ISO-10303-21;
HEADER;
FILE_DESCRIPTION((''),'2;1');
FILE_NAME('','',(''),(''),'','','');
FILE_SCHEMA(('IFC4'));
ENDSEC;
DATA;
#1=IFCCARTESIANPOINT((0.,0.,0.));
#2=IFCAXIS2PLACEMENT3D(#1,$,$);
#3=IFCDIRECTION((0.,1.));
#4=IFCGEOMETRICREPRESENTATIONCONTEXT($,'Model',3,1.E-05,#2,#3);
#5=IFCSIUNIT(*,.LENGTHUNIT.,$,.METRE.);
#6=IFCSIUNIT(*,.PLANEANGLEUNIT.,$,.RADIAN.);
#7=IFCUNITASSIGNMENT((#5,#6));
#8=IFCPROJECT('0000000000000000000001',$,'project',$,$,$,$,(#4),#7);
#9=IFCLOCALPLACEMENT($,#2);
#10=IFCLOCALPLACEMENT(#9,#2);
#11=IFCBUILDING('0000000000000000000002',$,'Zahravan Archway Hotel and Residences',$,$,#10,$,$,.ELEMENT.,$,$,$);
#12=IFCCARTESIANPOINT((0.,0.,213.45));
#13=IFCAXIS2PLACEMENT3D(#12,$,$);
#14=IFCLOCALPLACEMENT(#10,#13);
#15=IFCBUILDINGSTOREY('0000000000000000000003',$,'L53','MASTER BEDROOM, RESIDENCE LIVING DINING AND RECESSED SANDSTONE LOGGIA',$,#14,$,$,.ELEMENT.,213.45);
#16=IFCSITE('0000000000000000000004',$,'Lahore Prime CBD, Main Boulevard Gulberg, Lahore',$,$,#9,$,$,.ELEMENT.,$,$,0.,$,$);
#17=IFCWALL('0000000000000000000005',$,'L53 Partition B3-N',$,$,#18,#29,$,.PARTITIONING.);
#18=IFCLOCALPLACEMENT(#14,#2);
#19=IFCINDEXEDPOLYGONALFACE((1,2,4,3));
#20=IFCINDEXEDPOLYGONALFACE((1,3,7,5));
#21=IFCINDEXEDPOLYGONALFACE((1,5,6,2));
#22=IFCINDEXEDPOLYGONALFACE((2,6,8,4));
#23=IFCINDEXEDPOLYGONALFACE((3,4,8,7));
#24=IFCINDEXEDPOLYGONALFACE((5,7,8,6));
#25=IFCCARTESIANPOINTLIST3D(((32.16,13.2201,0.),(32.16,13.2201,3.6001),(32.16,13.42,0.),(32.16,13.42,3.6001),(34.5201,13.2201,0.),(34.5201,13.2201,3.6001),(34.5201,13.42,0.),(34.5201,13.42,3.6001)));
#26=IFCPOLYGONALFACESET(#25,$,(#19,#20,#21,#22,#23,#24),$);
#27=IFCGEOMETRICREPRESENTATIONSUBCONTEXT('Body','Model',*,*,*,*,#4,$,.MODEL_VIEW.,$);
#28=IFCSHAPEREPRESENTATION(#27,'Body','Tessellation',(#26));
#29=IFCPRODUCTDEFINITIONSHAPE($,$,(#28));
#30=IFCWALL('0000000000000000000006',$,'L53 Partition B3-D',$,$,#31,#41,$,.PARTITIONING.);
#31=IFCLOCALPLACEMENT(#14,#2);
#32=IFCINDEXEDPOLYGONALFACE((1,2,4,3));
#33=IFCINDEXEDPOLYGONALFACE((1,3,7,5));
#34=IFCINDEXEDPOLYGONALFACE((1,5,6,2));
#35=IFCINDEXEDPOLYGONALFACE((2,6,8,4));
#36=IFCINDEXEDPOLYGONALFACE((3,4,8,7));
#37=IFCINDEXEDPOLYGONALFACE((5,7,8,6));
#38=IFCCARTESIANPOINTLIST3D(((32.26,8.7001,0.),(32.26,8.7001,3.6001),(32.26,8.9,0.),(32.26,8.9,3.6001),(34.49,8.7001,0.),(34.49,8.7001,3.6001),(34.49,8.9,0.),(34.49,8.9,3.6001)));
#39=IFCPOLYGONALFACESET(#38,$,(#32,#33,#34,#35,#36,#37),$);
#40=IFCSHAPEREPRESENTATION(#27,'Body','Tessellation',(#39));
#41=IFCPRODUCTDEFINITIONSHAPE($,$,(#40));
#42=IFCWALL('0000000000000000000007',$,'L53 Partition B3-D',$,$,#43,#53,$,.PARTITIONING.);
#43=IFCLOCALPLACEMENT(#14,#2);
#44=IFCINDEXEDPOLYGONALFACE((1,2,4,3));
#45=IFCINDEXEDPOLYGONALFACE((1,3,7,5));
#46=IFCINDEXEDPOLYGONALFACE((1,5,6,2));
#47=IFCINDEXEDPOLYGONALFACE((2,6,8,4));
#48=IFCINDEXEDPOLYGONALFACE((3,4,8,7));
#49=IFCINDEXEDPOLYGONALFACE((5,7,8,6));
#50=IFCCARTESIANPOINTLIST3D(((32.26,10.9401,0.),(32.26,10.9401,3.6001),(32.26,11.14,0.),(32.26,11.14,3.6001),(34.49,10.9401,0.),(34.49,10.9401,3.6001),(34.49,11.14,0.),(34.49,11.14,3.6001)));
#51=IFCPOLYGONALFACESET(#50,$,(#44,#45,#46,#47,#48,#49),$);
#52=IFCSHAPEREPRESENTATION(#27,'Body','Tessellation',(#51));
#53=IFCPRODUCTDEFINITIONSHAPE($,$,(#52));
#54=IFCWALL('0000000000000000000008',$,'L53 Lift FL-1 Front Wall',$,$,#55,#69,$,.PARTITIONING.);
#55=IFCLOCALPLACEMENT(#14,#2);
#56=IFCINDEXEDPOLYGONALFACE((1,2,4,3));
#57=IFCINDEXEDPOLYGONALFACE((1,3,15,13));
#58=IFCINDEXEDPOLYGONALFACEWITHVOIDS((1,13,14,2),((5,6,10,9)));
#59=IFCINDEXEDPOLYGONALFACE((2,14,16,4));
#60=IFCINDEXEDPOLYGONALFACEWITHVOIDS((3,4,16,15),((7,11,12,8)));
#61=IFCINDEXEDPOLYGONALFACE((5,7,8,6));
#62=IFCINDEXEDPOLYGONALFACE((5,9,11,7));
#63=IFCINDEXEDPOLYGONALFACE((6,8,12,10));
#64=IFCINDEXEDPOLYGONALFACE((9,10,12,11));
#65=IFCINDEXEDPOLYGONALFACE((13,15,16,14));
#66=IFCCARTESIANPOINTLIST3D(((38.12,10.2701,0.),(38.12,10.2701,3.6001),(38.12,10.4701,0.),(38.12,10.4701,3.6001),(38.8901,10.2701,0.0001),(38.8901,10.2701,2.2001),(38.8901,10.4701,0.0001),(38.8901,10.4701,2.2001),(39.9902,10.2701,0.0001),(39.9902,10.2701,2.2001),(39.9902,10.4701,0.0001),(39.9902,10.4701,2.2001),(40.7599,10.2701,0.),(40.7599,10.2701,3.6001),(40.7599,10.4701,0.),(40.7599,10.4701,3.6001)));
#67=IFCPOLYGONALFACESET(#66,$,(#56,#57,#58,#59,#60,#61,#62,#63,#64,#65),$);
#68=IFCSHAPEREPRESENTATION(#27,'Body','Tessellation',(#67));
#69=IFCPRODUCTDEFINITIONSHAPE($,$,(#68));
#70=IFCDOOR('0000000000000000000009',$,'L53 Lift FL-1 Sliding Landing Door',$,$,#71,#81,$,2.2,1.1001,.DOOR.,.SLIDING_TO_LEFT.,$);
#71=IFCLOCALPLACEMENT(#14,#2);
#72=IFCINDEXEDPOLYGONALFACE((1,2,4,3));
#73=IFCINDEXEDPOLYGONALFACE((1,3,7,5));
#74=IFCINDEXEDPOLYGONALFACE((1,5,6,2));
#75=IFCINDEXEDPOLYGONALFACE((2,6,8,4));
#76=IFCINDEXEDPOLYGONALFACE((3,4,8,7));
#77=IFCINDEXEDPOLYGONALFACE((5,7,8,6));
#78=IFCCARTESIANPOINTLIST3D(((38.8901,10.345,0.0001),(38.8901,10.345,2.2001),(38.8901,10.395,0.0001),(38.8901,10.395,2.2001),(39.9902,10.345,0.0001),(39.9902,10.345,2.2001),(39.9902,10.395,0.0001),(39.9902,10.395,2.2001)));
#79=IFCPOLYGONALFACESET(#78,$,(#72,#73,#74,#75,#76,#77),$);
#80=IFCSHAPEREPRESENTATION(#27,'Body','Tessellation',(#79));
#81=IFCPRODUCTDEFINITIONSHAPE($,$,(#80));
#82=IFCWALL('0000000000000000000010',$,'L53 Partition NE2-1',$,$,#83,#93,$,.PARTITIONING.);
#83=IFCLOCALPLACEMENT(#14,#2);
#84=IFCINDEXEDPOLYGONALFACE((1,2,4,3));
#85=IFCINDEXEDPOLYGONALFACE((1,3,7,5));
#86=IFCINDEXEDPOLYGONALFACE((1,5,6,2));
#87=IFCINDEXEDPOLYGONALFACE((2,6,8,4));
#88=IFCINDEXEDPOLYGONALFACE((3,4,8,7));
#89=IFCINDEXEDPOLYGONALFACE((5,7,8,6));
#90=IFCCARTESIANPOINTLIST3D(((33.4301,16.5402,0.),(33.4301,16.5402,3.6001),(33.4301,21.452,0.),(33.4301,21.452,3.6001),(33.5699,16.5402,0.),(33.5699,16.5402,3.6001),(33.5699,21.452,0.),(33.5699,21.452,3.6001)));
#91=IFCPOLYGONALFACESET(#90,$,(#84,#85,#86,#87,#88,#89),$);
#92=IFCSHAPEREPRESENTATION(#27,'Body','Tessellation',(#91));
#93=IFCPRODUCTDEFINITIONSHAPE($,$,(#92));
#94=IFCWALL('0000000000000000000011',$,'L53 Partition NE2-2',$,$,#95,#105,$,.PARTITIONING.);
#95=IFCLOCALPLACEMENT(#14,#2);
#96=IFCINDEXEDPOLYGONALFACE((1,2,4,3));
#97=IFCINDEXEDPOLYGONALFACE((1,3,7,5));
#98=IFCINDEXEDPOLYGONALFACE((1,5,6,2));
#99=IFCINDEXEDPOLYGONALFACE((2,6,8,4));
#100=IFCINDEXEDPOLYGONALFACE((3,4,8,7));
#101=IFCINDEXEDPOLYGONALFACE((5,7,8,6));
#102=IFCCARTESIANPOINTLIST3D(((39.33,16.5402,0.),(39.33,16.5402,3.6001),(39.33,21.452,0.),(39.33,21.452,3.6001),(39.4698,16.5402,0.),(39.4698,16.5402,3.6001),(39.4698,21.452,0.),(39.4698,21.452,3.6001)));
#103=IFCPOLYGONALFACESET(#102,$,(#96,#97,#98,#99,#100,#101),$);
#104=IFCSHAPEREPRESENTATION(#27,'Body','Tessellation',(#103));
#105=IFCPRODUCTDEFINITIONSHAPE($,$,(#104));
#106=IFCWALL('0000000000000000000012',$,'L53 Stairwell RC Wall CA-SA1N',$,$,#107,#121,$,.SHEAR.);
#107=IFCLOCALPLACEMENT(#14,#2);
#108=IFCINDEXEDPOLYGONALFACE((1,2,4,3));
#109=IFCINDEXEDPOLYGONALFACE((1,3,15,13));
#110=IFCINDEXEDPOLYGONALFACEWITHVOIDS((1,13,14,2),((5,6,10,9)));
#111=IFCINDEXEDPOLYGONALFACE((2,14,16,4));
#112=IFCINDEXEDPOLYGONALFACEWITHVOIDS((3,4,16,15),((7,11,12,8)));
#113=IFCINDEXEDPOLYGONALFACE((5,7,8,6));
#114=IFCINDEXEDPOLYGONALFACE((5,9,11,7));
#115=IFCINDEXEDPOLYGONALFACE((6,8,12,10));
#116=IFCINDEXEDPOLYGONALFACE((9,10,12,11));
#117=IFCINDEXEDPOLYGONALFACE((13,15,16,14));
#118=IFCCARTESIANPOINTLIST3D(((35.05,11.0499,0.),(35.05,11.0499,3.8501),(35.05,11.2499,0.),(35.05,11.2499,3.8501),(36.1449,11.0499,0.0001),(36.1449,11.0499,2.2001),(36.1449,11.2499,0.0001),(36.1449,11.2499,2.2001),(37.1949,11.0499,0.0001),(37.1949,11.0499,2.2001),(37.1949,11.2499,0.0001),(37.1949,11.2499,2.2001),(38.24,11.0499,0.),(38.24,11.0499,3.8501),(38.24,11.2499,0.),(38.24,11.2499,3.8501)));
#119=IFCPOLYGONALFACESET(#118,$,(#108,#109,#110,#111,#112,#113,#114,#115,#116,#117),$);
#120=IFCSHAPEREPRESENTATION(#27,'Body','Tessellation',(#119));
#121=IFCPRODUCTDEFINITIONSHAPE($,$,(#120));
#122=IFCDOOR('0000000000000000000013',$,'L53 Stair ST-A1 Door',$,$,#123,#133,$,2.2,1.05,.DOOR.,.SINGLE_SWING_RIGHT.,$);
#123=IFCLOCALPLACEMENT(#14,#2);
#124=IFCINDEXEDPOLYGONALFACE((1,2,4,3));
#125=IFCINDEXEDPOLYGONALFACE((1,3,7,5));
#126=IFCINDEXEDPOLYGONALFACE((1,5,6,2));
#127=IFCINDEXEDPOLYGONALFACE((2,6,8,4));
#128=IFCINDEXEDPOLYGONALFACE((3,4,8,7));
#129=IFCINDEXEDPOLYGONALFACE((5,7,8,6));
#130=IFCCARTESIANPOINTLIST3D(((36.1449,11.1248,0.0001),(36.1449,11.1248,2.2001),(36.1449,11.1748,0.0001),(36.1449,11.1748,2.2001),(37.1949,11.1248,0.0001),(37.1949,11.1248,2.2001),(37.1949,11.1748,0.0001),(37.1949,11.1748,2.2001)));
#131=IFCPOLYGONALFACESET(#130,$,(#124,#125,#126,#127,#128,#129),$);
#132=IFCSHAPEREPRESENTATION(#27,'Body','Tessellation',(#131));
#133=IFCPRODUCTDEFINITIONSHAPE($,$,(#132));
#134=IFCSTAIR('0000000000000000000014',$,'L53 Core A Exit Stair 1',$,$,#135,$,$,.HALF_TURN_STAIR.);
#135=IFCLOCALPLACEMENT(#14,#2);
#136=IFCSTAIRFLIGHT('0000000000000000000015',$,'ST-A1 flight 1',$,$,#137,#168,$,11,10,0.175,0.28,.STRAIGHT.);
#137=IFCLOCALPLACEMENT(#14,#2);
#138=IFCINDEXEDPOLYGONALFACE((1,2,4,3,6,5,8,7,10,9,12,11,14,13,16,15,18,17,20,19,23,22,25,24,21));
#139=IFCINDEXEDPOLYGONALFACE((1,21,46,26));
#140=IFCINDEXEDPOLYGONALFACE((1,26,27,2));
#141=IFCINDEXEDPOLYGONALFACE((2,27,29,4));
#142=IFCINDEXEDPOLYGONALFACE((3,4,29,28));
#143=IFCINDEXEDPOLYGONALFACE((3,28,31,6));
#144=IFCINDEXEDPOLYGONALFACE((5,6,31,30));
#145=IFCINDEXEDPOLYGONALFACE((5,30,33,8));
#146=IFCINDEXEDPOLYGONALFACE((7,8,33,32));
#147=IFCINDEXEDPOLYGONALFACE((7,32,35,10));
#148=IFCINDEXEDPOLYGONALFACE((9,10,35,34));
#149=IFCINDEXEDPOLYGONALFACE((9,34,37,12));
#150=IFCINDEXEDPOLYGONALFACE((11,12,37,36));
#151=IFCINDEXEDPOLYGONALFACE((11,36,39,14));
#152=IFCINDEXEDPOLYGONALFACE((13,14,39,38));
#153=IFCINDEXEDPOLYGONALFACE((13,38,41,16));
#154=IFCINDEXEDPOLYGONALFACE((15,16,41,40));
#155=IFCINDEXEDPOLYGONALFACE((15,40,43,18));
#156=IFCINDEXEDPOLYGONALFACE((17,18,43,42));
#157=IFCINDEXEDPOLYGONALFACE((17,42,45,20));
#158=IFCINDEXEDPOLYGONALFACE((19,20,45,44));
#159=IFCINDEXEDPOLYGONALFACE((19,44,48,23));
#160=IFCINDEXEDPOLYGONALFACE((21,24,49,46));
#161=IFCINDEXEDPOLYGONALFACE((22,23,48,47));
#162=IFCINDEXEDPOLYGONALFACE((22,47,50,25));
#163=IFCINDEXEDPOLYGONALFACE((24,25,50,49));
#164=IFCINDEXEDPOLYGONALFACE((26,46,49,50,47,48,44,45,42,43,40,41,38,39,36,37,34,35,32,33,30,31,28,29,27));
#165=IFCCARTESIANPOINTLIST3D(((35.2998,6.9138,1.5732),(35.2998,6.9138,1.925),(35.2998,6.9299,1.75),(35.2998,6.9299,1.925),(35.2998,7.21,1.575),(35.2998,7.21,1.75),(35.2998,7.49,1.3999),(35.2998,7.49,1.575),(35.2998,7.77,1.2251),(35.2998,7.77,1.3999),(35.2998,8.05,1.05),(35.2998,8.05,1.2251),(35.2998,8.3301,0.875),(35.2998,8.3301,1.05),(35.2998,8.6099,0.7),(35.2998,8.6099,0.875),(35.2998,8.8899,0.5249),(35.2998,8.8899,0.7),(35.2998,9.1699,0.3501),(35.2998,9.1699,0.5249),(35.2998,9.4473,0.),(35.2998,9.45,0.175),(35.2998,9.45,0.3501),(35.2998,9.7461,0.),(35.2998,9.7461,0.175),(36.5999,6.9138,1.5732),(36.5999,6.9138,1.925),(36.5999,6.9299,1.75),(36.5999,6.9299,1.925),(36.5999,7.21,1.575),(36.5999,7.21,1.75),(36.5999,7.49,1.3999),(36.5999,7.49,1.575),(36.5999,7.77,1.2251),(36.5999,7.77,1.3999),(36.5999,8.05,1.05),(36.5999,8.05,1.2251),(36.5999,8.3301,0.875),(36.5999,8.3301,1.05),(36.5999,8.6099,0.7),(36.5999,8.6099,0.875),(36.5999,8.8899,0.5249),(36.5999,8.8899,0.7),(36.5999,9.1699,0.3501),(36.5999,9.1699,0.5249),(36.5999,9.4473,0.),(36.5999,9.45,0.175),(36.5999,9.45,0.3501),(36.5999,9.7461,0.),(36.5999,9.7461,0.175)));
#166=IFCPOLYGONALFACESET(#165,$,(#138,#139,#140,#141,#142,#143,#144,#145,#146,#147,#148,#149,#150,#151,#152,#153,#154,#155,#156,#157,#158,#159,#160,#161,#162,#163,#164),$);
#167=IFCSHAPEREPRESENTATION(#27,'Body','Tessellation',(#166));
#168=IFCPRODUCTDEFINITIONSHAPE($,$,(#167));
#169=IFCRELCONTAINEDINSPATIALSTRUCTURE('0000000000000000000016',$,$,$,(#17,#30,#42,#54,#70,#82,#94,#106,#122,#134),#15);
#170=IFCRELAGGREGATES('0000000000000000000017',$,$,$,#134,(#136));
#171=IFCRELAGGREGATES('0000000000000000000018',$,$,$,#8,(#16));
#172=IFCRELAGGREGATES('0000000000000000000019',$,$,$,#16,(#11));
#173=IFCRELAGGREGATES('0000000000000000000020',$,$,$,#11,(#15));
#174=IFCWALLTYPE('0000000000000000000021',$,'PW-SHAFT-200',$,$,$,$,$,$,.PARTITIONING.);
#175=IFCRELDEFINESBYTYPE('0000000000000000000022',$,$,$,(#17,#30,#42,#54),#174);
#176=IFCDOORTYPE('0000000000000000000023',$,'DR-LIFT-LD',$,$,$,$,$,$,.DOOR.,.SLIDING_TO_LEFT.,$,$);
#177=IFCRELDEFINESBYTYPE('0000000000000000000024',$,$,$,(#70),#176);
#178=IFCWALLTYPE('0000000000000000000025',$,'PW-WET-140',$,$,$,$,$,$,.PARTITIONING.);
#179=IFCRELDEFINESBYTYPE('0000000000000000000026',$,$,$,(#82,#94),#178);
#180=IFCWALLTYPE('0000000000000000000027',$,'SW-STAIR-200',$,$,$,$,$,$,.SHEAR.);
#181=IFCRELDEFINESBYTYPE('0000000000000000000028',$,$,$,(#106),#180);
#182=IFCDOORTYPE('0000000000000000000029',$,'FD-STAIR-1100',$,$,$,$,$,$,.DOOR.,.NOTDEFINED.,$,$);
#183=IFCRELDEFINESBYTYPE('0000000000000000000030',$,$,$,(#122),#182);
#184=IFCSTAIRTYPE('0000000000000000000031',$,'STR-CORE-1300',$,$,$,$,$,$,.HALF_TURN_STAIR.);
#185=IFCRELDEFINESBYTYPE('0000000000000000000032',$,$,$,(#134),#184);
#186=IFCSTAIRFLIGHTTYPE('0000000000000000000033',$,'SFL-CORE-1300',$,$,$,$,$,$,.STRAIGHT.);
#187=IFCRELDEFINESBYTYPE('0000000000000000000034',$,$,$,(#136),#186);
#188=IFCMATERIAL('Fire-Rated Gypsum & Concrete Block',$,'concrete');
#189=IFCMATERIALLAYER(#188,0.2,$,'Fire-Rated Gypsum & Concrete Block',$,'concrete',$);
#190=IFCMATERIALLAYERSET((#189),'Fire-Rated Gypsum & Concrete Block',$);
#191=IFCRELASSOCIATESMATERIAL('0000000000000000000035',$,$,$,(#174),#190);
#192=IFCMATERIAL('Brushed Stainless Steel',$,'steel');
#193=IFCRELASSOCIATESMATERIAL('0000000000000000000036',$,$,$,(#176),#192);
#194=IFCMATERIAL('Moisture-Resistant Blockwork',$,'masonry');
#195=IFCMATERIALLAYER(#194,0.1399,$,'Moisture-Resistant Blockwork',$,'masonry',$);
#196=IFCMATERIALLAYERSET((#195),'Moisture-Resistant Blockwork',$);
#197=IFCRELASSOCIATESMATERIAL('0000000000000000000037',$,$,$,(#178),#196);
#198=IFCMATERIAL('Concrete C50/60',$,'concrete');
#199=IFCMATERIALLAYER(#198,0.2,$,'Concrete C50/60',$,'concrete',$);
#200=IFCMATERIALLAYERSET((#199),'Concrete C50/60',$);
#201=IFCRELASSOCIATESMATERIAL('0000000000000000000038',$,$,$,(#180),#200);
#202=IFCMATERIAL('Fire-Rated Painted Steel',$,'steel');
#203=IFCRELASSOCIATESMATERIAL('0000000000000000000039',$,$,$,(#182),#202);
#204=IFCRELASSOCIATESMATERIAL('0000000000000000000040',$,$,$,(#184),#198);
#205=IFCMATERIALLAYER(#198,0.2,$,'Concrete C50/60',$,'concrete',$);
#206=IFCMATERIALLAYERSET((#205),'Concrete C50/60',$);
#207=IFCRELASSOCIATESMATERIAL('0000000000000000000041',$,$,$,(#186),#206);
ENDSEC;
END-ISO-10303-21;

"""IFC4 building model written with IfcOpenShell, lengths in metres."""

from ifc_helpers import new_model, si_unit, direction, frame, frame_2d, origin, place, context, subcontext, project, spatial, polyline, rectangle, outline, extrude, source, transform, mapped, material, layer, layer_set, type_object, type_shapes, element, fill, aggregate, save


model = new_model("IFC4")

# Units and contexts
model_context = context("Model", 3, precision=1e-05, world=origin(), true_north=direction((0.0, 1.0)))
body_context = subcontext(model_context, "Body", "Model", "MODEL_VIEW")
ifc_project = project(units=[si_unit("LENGTHUNIT", "METRE"), si_unit("PLANEANGLEUNIT", "RADIAN")], contexts=[model_context])

# Site, building, storey
site_placement = place(None, origin())
site = spatial("IfcSite", under=ifc_project, at=site_placement, Name="Lahore Prime CBD, Main Boulevard Gulberg, Lahore", CompositionType="ELEMENT", RefElevation=0.0)
building_placement = place(site_placement, origin())
building = spatial("IfcBuilding", under=site, at=building_placement, Name="Zahravan Archway Hotel and Residences", CompositionType="ELEMENT")
storey_placement = place(building_placement, frame((0.0, 0.0, 213.45)))
storey = spatial("IfcBuildingStorey", under=building, at=storey_placement, Name="L53", Description="MASTER BEDROOM, RESIDENCE LIVING DINING AND RECESSED SANDSTONE LOGGIA", CompositionType="ELEMENT", Elevation=213.45)

# Shared definitions
ifc_material_1 = material(Name="Fire-Rated Painted Steel", Category="steel")

# Shared definitions
ifc_material_2 = material(Name="Fire-Rated Gypsum & Concrete Block", Category="concrete")

# Walls
ifc_layer_1 = layer(ifc_material_2, 0.2, Name="Fire-Rated Gypsum & Concrete Block", Category="concrete")
ifc_layer_set_1 = layer_set([ifc_layer_1], Name="Fire-Rated Gypsum & Concrete Block")
wall_type_1 = type_object("IfcWallType", Name="PW-SHAFT-200", PredefinedType="PARTITIONING", material=ifc_layer_set_1)
wall_1_placement = place(storey_placement, frame((32.1599, 13.3201, 0.0), z_axis=(0.0, 0.0, 1.0), x_axis=(1.0, 0.0, 0.0)))
element("IfcWall", 1, at=wall_1_placement, inside=storey, type_object=wall_type_1, Name="L53 Partition B3-N", PredefinedType="PARTITIONING", context=body_context, shape_type="SweptSolid", body=[
    extrude(rectangle(XDim=2.3601, YDim=0.2, at=frame_2d((1.1802, 0.0))), origin(), (0.0, 0.0, 1.0), 3.6001),
])
for number, where, z_axis, x_axis, name in (
    (2, (32.26, 8.8, 0.0), (0.0, 0.0, 1.0), (1.0, 0.0, 0.0), "L53 Partition B3-D"),
    (3, (32.26, 11.04, 0.0), (0.0, 0.0, 1.0), (1.0, 0.0, 0.0), "L53 Partition B3-D"),
):
    element("IfcWall", number, at=place(storey_placement, frame(where, z_axis=z_axis, x_axis=x_axis)), inside=storey, type_object=wall_type_1, Name=name, PredefinedType="PARTITIONING", context=body_context, shape_type="SweptSolid", body=[
        extrude(rectangle(XDim=2.23, YDim=0.2, at=frame_2d((1.115, 0.0))), origin(), (0.0, 0.0, 1.0), 3.6001),
    ])

# Wall, opening, door
wall_2_placement = place(storey_placement, frame((38.1201, 10.3701, 0.0), z_axis=(0.0, 0.0, 1.0), x_axis=(1.0, 0.0, 0.0)))
wall_2 = element("IfcWall", 4, at=wall_2_placement, inside=storey, type_object=wall_type_1, Name="L53 Lift FL-1 Front Wall", PredefinedType="PARTITIONING", context=body_context, shape_type="SweptSolid", body=[
    extrude(rectangle(XDim=2.6399, YDim=0.2, at=frame_2d((1.3198, 0.0))), origin(), (0.0, 0.0, 1.0), 3.6001),
])
opening_1_placement = place(wall_2_placement, frame((0.77, 0.0, 0.0)))
opening_1 = element("IfcOpeningElement", 5, at=opening_1_placement, cuts=wall_2, PredefinedType="OPENING", context=body_context, shape_type="SweptSolid", body=[
    extrude(rectangle(XDim=1.1001, YDim=2.2, at=frame_2d((0.55, 1.1001))), frame((0.0, 0.1099, 0.0), z_axis=(0.0, -1.0, 0.0), x_axis=(1.0, 0.0, 0.0)), (0.0, 0.0, 1.0), 0.22),
])
ifc_material_3 = material(Name="Brushed Stainless Steel", Category="steel")
door_type_1 = type_object("IfcDoorType", Name="DR-LIFT-LD", OperationType="SLIDING_TO_LEFT", PredefinedType="DOOR", material=ifc_material_3)
shared_shape_1 = source(origin(), body_context, "Body", "SweptSolid", [
    extrude(rectangle(XDim=1.1001, YDim=2.2, at=frame_2d((0.55, 1.1001))), frame((0.0, 0.0249, 0.0), z_axis=(0.0, -1.0, 0.0), x_axis=(1.0, 0.0, 0.0)), (0.0, 0.0, 1.0), 0.05),
])
type_shapes(door_type_1, [shared_shape_1])
door_1_placement = place(opening_1_placement, origin())
door_1 = element("IfcDoor", 6, at=door_1_placement, inside=storey, type_object=door_type_1, Name="L53 Lift FL-1 Sliding Landing Door", OperationType="SLIDING_TO_LEFT", OverallHeight=2.2, OverallWidth=1.1001, PredefinedType="DOOR", context=body_context, shape_type="MappedRepresentation", body=[
    mapped(shared_shape_1, transform((0.0, 0.0, 0.0), scale=1.0)),
])
fill(opening_1, door_1)

# Walls
ifc_material_4 = material(Name="Moisture-Resistant Blockwork", Category="masonry")
ifc_layer_2 = layer(ifc_material_4, 0.1399, Name="Moisture-Resistant Blockwork", Category="masonry")
ifc_layer_set_2 = layer_set([ifc_layer_2], Name="Moisture-Resistant Blockwork")
wall_type_2 = type_object("IfcWallType", Name="PW-WET-140", PredefinedType="PARTITIONING", material=ifc_layer_set_2)
for number, where, z_axis, x_axis, name in (
    (7, (33.5, 16.54, 0.0), (0.0, 0.0, 1.0), (0.0, 1.0, 0.0), "L53 Partition NE2-1"),
    (8, (39.3999, 16.54, 0.0), (0.0, 0.0, 1.0), (0.0, 1.0, 0.0), "L53 Partition NE2-2"),
):
    element("IfcWall", number, at=place(storey_placement, frame(where, z_axis=z_axis, x_axis=x_axis)), inside=storey, type_object=wall_type_2, Name=name, PredefinedType="PARTITIONING", context=body_context, shape_type="SweptSolid", body=[
        extrude(rectangle(XDim=4.9119, YDim=0.1399, at=frame_2d((2.4561, 0.0))), origin(), (0.0, 0.0, 1.0), 3.6001),
    ])

# Wall, opening, door
ifc_material_5 = material(Name="Concrete C50/60", Category="concrete")
ifc_layer_3 = layer(ifc_material_5, 0.2, Name="Concrete C50/60", Category="concrete")
ifc_layer_set_3 = layer_set([ifc_layer_3], Name="Concrete C50/60")
wall_type_3 = type_object("IfcWallType", Name="SW-STAIR-200", PredefinedType="SHEAR", material=ifc_layer_set_3)
wall_3_placement = place(storey_placement, frame((35.05, 11.1499, 0.0), z_axis=(0.0, 0.0, 1.0), x_axis=(1.0, 0.0, 0.0)))
wall_3 = element("IfcWall", 9, at=wall_3_placement, inside=storey, type_object=wall_type_3, Name="L53 Stairwell RC Wall CA-SA1N", PredefinedType="SHEAR", context=body_context, shape_type="SweptSolid", body=[
    extrude(rectangle(XDim=3.1899, YDim=0.2, at=frame_2d((1.595, 0.0))), origin(), (0.0, 0.0, 1.0), 3.8501),
])
opening_2_placement = place(wall_3_placement, frame((1.095, 0.0, 0.0)))
opening_2 = element("IfcOpeningElement", 10, at=opening_2_placement, cuts=wall_3, PredefinedType="OPENING", context=body_context, shape_type="SweptSolid", body=[
    extrude(rectangle(XDim=1.05, YDim=2.2, at=frame_2d((0.5249, 1.1001))), frame((0.0, 0.1099, 0.0), z_axis=(0.0, -1.0, 0.0), x_axis=(1.0, 0.0, 0.0)), (0.0, 0.0, 1.0), 0.22),
])
door_type_2 = type_object("IfcDoorType", Name="FD-STAIR-1100", OperationType="NOTDEFINED", PredefinedType="DOOR", material=ifc_material_1)
shared_shape_2 = source(origin(), body_context, "Body", "SweptSolid", [
    extrude(rectangle(XDim=1.05, YDim=2.2, at=frame_2d((0.5249, 1.1001))), frame((0.0, 0.0249, 0.0), z_axis=(0.0, -1.0, 0.0), x_axis=(1.0, 0.0, 0.0)), (0.0, 0.0, 1.0), 0.05),
])
type_shapes(door_type_2, [shared_shape_2])
door_2_placement = place(opening_2_placement, origin())
door_2 = element("IfcDoor", 11, at=door_2_placement, inside=storey, type_object=door_type_2, Name="L53 Stair ST-A1 Door", OperationType="SINGLE_SWING_RIGHT", OverallHeight=2.2, OverallWidth=1.05, PredefinedType="DOOR", context=body_context, shape_type="MappedRepresentation", body=[
    mapped(shared_shape_2, transform((0.0, 0.0, 0.0), scale=1.0)),
])
fill(opening_2, door_2)

# Stair, stair flight
stair_type = type_object("IfcStairType", Name="STR-CORE-1300", PredefinedType="HALF_TURN_STAIR", material=ifc_material_5)
stair_placement = place(storey_placement, origin())
stair = element("IfcStair", 12, at=stair_placement, inside=storey, type_object=stair_type, Name="L53 Core A Exit Stair 1", PredefinedType="HALF_TURN_STAIR")
ifc_layer_4 = layer(ifc_material_5, 0.2, Name="Concrete C50/60", Category="concrete")
ifc_layer_set_4 = layer_set([ifc_layer_4], Name="Concrete C50/60")
stair_flight_type = type_object("IfcStairFlightType", Name="SFL-CORE-1300", PredefinedType="STRAIGHT", material=ifc_layer_set_4)
shared_shape_3 = source(origin(), body_context, "Body", "SweptSolid", [
    extrude(outline(polyline([(-0.0161, 0.0), (-0.0161, 0.175), (0.28, 0.175), (0.28, 0.3501), (0.5601, 0.3501), (0.5601, 0.5249), (0.8401, 0.5249), (0.8401, 0.7), (1.1201, 0.7), (1.1201, 0.875), (1.3999, 0.875), (1.3999, 1.05), (1.6799, 1.05), (1.6799, 1.2251), (1.96, 1.2251), (1.96, 1.3999), (2.24, 1.3999), (2.24, 1.575), (2.52, 1.575), (2.52, 1.75), (2.8, 1.75), (2.8, 1.925), (2.8162, 1.925), (2.8162, 1.5732), (0.2827, 0.0), (-0.0161, 0.0)])), frame((0.0, 0.6499, 0.0), z_axis=(0.0, -1.0, 0.0), x_axis=(1.0, 0.0, 0.0)), (0.0, 0.0, 1.0), 1.3),
])
stair_flight_placement = place(storey_placement, frame((35.95, 9.73, 0.0), z_axis=(0.0, 0.0, 1.0), x_axis=(0.0, -1.0, 0.0)))
stair_flight = element("IfcStairFlight", 13, at=stair_flight_placement, type_object=stair_flight_type, Name="ST-A1 flight 1", NumberOfRisers=11, NumberOfTreads=10, PredefinedType="STRAIGHT", RiserHeight=0.175, TreadLength=0.28, context=body_context, shape_type="MappedRepresentation", body=[
    mapped(shared_shape_3, transform((0.0, 0.0, 0.0), scale=1.0)),
])
aggregate(stair, [stair_flight])

save(model, "model.ifc")
